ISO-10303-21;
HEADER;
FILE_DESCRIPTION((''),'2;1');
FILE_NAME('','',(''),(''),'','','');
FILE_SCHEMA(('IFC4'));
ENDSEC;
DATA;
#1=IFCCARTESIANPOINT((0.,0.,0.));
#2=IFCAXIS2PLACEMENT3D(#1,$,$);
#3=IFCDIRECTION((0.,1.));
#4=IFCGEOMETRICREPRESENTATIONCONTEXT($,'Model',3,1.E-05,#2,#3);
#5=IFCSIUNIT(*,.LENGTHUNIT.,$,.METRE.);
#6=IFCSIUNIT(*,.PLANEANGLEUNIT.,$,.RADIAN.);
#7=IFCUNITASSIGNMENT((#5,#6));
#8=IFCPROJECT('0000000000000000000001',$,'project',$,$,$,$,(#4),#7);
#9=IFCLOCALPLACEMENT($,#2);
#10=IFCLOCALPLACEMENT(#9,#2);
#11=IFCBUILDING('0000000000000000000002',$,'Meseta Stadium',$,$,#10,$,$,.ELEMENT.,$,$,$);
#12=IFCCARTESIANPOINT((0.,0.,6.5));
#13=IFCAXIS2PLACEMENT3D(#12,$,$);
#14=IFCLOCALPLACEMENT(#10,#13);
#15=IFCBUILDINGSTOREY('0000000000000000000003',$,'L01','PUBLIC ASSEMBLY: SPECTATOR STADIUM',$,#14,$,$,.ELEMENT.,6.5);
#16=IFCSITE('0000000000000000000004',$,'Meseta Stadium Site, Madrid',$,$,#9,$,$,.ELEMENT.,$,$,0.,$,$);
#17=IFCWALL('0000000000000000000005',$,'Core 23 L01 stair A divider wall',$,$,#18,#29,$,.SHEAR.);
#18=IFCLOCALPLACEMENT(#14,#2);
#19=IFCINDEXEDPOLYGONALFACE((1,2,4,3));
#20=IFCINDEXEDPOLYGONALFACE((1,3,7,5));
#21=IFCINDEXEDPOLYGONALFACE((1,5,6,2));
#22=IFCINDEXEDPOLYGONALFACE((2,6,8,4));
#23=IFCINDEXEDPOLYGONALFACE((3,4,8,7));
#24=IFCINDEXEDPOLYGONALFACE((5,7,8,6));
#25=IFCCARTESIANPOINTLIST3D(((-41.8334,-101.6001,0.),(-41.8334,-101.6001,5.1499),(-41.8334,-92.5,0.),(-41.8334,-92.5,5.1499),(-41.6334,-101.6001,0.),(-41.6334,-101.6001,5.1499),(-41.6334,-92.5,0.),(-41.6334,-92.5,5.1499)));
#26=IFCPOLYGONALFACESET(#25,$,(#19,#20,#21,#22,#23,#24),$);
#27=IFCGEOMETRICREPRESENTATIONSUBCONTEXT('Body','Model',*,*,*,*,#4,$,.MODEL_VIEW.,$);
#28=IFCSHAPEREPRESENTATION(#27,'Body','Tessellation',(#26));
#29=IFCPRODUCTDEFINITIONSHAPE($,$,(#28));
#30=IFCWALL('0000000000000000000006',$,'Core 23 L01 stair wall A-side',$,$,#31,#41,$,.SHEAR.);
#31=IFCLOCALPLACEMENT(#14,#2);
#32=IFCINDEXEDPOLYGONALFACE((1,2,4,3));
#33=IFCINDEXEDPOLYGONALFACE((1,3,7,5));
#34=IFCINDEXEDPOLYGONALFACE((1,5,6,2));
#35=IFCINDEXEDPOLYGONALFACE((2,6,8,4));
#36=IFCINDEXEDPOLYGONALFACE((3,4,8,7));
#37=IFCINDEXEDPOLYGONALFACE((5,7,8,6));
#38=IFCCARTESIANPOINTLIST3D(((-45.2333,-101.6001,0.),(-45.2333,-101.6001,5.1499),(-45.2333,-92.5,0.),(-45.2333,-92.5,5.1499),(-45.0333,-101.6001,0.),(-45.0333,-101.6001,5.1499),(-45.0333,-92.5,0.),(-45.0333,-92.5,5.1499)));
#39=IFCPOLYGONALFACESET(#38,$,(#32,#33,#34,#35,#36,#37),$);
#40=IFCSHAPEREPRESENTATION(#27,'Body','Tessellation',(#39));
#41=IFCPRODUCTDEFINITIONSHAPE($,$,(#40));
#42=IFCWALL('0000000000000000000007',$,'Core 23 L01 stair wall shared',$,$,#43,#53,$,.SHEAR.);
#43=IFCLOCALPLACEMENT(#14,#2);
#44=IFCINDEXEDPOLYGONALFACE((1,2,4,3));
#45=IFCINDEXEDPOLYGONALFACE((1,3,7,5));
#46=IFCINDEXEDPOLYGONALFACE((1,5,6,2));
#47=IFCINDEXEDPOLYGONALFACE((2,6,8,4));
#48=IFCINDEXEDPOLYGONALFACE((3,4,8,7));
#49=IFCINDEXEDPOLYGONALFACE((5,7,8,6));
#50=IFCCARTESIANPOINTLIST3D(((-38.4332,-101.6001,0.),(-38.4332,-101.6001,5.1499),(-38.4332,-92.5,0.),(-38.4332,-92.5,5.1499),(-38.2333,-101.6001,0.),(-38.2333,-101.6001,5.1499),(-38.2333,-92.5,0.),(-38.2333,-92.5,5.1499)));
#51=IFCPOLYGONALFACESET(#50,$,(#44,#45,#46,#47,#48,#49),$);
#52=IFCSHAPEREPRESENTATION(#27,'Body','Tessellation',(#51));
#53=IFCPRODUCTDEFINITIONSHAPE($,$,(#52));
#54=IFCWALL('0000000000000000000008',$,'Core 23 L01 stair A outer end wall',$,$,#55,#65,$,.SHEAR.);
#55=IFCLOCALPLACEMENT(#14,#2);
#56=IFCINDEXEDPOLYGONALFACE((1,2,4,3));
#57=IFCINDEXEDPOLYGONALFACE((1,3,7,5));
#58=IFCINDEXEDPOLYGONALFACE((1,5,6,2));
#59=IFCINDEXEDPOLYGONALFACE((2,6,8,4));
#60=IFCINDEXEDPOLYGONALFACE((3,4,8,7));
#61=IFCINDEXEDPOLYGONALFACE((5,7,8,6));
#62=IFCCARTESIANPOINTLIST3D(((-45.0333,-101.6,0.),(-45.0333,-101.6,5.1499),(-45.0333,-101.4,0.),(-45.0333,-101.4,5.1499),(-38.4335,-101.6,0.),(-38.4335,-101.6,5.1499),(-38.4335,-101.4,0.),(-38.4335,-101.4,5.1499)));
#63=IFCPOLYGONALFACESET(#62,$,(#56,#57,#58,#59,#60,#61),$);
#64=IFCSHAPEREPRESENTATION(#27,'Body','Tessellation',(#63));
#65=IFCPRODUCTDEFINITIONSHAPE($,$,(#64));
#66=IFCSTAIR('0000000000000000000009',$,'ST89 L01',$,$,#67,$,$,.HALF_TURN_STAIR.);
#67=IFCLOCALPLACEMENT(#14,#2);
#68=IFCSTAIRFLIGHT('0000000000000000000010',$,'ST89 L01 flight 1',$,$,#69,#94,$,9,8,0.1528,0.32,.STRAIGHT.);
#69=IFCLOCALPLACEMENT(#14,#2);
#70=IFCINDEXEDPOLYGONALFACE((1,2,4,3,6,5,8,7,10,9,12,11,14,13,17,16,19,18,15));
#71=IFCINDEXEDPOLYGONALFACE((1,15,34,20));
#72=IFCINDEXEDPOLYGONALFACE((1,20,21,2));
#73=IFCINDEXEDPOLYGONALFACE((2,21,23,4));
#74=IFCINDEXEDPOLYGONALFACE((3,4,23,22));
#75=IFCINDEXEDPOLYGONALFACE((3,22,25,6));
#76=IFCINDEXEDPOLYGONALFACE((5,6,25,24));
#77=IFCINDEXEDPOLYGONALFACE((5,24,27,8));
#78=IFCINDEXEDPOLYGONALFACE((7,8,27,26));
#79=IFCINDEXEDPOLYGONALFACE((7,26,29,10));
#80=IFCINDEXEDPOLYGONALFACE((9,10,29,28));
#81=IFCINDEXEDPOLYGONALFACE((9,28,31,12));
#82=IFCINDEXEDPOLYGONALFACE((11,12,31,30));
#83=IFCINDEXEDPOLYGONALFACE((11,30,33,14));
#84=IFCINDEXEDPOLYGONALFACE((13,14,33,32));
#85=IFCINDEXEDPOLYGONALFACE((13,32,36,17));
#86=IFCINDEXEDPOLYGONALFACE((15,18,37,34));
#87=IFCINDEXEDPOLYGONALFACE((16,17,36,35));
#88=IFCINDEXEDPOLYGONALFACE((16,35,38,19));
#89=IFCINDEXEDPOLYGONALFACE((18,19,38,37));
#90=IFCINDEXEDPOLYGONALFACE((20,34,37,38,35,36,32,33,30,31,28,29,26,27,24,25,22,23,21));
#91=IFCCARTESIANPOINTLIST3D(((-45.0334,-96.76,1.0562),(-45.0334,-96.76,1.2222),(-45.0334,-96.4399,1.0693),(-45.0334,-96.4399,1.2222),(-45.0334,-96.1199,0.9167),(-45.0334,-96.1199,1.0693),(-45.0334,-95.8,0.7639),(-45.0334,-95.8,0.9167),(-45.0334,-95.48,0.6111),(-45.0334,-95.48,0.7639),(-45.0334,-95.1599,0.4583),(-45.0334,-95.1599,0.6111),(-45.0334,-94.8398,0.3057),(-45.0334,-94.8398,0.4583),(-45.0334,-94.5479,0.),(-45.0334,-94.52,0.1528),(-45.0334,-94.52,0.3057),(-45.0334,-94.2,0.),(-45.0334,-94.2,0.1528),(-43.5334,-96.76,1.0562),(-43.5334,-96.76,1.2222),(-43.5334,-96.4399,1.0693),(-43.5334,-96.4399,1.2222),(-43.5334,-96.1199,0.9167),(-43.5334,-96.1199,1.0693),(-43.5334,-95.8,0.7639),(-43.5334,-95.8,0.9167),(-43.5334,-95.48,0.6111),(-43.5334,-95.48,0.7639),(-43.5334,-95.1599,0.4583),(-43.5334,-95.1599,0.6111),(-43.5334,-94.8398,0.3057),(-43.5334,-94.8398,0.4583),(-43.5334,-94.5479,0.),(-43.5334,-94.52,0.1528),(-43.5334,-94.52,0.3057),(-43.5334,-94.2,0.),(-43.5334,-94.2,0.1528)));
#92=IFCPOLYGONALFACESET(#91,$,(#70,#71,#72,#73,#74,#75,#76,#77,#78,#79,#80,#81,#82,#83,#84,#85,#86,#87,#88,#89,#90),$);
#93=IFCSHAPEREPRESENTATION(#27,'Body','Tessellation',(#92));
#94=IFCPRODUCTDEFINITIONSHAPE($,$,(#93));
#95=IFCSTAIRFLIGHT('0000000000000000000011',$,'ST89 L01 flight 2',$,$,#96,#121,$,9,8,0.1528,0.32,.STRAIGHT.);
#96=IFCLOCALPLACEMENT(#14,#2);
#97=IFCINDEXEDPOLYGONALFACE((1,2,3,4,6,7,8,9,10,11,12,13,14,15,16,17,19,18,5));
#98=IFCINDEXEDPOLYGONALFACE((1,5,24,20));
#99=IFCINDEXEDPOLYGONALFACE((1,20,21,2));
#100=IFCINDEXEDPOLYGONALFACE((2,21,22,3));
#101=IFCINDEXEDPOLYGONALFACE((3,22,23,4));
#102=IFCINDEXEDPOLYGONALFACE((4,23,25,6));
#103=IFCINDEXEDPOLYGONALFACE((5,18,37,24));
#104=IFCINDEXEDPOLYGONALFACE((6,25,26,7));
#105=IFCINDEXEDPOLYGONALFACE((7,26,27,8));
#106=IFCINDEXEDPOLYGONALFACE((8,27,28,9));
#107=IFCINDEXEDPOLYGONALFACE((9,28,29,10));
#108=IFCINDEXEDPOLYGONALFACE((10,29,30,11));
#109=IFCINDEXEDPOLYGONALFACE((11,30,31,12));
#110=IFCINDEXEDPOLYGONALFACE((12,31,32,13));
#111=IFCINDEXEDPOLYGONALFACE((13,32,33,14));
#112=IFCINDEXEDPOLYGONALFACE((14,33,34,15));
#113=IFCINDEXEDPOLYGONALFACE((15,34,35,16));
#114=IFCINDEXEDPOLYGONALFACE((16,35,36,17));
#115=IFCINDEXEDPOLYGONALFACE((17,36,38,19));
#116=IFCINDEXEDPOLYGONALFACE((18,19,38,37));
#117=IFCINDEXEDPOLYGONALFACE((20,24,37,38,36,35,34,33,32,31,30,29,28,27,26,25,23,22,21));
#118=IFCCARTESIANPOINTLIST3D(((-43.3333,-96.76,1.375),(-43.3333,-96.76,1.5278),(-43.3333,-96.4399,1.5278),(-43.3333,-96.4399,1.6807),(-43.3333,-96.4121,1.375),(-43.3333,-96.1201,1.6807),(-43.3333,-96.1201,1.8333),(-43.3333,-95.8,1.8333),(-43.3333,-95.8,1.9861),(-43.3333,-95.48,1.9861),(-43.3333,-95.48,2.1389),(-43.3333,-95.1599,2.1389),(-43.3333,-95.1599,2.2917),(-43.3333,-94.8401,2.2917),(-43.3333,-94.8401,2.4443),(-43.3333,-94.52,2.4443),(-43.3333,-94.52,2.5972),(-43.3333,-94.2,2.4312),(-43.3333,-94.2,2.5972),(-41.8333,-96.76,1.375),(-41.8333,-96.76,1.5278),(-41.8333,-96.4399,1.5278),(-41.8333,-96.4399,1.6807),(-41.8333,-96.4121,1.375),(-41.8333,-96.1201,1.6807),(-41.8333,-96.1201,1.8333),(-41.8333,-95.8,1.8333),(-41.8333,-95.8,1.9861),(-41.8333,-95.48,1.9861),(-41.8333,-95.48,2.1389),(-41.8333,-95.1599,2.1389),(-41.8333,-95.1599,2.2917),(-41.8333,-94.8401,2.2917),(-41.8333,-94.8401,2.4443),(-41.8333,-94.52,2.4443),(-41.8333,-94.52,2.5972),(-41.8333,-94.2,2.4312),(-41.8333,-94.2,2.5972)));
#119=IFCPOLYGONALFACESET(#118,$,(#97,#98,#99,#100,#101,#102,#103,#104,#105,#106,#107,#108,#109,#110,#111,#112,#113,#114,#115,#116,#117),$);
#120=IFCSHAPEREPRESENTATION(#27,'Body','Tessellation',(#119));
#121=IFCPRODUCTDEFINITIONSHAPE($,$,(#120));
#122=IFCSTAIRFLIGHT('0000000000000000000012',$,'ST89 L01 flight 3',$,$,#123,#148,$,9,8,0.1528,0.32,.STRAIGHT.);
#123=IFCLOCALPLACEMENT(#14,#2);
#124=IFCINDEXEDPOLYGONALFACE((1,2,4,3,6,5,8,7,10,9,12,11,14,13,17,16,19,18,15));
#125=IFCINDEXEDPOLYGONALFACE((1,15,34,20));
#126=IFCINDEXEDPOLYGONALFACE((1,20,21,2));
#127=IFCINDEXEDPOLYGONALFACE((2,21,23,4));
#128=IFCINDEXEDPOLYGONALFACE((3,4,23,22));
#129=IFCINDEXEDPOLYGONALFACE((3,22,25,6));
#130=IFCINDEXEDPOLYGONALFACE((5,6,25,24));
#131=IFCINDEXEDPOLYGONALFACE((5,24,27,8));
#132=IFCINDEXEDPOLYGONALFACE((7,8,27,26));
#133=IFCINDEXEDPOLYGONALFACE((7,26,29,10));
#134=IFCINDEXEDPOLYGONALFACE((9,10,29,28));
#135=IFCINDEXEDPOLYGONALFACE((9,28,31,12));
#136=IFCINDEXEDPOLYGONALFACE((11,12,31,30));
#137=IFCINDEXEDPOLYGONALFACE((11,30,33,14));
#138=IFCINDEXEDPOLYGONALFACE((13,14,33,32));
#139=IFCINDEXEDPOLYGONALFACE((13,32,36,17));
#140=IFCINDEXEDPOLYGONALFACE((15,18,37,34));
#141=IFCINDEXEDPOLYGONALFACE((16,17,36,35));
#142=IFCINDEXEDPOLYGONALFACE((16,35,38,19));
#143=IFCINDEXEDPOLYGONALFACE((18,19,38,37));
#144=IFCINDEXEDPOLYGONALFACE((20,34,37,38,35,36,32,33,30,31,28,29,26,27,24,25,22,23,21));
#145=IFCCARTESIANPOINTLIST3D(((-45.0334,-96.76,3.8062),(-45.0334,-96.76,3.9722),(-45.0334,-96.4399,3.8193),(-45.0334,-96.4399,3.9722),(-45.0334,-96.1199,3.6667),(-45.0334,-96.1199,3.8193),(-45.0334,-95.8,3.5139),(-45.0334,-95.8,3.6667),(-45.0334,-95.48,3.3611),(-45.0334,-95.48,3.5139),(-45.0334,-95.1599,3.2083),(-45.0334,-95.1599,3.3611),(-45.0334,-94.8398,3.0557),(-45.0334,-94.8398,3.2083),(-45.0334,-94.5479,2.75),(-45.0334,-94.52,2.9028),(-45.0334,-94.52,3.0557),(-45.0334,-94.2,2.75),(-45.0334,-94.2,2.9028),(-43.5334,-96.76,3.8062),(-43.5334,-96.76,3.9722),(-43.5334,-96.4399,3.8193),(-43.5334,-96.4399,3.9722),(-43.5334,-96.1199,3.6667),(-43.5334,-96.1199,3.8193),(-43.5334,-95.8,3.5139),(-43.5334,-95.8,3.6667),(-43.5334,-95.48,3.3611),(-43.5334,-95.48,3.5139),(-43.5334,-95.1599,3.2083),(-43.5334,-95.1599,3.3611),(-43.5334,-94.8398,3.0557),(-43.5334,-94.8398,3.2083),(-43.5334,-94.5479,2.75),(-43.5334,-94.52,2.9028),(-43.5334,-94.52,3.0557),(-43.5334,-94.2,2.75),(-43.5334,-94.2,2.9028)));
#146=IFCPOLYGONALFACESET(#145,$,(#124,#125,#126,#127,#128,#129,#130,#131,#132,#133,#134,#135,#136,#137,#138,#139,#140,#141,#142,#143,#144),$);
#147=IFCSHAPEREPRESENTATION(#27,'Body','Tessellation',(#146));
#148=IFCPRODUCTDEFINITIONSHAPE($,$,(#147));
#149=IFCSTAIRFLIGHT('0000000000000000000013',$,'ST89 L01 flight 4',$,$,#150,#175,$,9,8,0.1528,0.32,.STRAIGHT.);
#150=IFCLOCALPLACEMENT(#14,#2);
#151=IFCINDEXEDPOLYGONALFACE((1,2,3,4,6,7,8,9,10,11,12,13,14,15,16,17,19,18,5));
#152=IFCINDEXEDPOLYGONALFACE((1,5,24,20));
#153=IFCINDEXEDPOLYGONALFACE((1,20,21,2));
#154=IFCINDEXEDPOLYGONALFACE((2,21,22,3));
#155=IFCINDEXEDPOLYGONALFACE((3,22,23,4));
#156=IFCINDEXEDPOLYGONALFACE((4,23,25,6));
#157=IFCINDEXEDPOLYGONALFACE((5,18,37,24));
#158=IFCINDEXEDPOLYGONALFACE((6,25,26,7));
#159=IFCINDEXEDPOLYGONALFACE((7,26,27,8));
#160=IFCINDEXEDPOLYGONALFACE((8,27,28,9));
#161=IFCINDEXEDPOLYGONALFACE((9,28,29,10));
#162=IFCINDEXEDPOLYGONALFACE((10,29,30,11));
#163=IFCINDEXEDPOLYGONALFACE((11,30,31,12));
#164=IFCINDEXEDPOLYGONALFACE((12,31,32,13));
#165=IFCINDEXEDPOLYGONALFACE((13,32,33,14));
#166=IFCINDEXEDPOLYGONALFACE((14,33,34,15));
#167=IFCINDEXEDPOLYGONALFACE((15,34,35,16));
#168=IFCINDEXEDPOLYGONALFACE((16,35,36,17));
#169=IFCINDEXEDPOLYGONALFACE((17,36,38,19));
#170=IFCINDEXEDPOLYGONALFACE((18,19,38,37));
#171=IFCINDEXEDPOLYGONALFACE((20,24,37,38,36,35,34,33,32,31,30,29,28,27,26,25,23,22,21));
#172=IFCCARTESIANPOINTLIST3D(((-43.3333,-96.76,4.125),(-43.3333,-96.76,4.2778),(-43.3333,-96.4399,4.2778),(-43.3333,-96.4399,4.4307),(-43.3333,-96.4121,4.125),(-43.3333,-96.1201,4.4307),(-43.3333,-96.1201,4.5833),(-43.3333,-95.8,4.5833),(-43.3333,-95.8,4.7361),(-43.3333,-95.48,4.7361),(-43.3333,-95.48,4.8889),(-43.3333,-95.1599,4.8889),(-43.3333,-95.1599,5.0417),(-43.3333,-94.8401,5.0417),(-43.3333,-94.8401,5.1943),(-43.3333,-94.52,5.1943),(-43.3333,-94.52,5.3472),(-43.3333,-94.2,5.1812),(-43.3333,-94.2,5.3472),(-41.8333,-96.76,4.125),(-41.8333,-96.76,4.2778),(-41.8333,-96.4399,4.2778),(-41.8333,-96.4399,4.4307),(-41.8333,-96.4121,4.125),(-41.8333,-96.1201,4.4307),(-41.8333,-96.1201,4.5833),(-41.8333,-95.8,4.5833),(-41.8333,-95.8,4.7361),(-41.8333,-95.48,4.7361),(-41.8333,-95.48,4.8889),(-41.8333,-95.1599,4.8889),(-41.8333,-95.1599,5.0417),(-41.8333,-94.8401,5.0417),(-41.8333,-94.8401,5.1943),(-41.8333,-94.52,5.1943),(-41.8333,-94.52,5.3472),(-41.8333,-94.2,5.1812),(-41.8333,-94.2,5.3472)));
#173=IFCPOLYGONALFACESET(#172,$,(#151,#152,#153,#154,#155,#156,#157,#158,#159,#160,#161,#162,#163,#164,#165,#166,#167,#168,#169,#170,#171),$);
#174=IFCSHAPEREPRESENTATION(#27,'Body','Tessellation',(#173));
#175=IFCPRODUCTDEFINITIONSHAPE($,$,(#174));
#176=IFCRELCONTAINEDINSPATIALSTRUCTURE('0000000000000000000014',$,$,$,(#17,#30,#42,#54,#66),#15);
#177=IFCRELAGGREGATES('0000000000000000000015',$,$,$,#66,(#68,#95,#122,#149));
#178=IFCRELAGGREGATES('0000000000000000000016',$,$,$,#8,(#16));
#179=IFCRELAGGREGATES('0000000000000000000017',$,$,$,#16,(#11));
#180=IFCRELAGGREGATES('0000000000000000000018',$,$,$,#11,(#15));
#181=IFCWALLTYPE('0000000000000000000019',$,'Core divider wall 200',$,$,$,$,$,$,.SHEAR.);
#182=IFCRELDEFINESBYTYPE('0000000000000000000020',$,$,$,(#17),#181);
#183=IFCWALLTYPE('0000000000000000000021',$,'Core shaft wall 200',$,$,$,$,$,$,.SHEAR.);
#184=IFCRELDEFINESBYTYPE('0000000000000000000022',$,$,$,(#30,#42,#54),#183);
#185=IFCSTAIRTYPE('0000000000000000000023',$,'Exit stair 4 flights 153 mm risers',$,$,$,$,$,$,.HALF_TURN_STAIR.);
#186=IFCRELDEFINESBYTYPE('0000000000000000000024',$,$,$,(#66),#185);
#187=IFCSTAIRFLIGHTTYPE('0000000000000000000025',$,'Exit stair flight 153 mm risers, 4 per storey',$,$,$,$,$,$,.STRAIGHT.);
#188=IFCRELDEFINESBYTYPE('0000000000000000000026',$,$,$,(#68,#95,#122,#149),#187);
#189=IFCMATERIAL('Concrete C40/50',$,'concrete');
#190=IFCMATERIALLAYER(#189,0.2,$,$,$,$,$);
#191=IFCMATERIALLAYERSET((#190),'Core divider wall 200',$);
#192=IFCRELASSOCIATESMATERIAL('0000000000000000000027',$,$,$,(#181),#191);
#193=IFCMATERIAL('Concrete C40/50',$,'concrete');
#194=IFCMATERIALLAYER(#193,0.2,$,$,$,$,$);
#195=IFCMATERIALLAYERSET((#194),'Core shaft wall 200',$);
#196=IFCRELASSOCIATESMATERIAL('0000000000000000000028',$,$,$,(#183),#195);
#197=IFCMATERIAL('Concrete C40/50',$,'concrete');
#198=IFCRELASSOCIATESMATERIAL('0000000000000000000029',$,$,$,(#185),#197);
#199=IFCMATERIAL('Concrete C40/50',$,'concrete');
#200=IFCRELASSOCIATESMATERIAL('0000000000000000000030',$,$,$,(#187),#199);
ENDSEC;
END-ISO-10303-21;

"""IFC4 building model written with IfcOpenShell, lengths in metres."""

from ifc_helpers import new_model, si_unit, direction, frame, frame_2d, origin, place, context, subcontext, project, spatial, polyline, rectangle, outline, extrude, material, layer, layer_set, type_object, element, aggregate, save


model = new_model("IFC4")

# Units and contexts
model_context = context("Model", 3, precision=1e-05, world=origin(), true_north=direction((0.0, 1.0)))
body_context = subcontext(model_context, "Body", "Model", "MODEL_VIEW")
ifc_project = project(units=[si_unit("LENGTHUNIT", "METRE"), si_unit("PLANEANGLEUNIT", "RADIAN")], contexts=[model_context])

# Site, building, storey
site_placement = place(None, origin())
site = spatial("IfcSite", under=ifc_project, at=site_placement, Name="Meseta Stadium Site, Madrid", CompositionType="ELEMENT", RefElevation=0.0)
building_placement = place(site_placement, origin())
building = spatial("IfcBuilding", under=site, at=building_placement, Name="Meseta Stadium", CompositionType="ELEMENT")
storey_placement = place(building_placement, frame((0.0, 0.0, 6.5)))
storey = spatial("IfcBuildingStorey", under=building, at=storey_placement, Name="L01", Description="PUBLIC ASSEMBLY: SPECTATOR STADIUM", CompositionType="ELEMENT", Elevation=6.5)

# Walls
ifc_material_1 = material(Name="Concrete C40/50", Category="concrete")
ifc_layer_1 = layer(ifc_material_1, 0.2)
ifc_layer_set_1 = layer_set([ifc_layer_1], Name="Core divider wall 200")
wall_type_1 = type_object("IfcWallType", Name="Core divider wall 200", PredefinedType="SHEAR", material=ifc_layer_set_1)
wall_1_placement = place(storey_placement, frame((-41.7334, -101.6001, 0.0), z_axis=(0.0, 0.0, 1.0), x_axis=(0.0, 1.0, 0.0)))
element("IfcWall", 1, at=wall_1_placement, inside=storey, type_object=wall_type_1, Name="Core 23 L01 stair A divider wall", PredefinedType="SHEAR", context=body_context, shape_type="SweptSolid", body=[
    extrude(rectangle(XDim=9.1001, YDim=0.2, at=frame_2d((4.55, 0.0))), origin(), (0.0, 0.0, 1.0), 5.1499),
])
ifc_material_2 = material(Name="Concrete C40/50", Category="concrete")
ifc_layer_2 = layer(ifc_material_2, 0.2)
ifc_layer_set_2 = layer_set([ifc_layer_2], Name="Core shaft wall 200")
wall_type_2 = type_object("IfcWallType", Name="Core shaft wall 200", PredefinedType="SHEAR", material=ifc_layer_set_2)
for number, where, z_axis, x_axis, name in (
    (2, (-45.1333, -101.6001, 0.0), (0.0, 0.0, 1.0), (0.0, 1.0, 0.0), "Core 23 L01 stair wall A-side"),
    (3, (-38.3333, -101.6001, 0.0), (0.0, 0.0, 1.0), (0.0, 1.0, 0.0), "Core 23 L01 stair wall shared"),
):
    element("IfcWall", number, at=place(storey_placement, frame(where, z_axis=z_axis, x_axis=x_axis)), inside=storey, type_object=wall_type_2, Name=name, PredefinedType="SHEAR", context=body_context, shape_type="SweptSolid", body=[
        extrude(rectangle(XDim=9.1001, YDim=0.2, at=frame_2d((4.55, 0.0))), origin(), (0.0, 0.0, 1.0), 5.1499),
    ])
wall_2_placement = place(storey_placement, frame((-45.0332, -101.5, 0.0), z_axis=(0.0, 0.0, 1.0), x_axis=(1.0, 0.0, 0.0)))
element("IfcWall", 4, at=wall_2_placement, inside=storey, type_object=wall_type_2, Name="Core 23 L01 stair A outer end wall", PredefinedType="SHEAR", context=body_context, shape_type="SweptSolid", body=[
    extrude(rectangle(XDim=6.5999, YDim=0.2, at=frame_2d((3.2998, 0.0))), origin(), (0.0, 0.0, 1.0), 5.1499),
])

# Stair, stair flights
ifc_material_3 = material(Name="Concrete C40/50", Category="concrete")
stair_type = type_object("IfcStairType", Name="Exit stair 4 flights 153 mm risers", PredefinedType="HALF_TURN_STAIR", material=ifc_material_3)
stair_1_placement = place(storey_placement, origin())
stair_1 = element("IfcStair", 5, at=stair_1_placement, inside=storey, type_object=stair_type, Name="ST89 L01", PredefinedType="HALF_TURN_STAIR")
ifc_material_4 = material(Name="Concrete C40/50", Category="concrete")
stair_flight_type = type_object("IfcStairFlightType", Name="Exit stair flight 153 mm risers, 4 per storey", PredefinedType="STRAIGHT", material=ifc_material_4)
stair_flight_1_placement = place(storey_placement, frame((-44.2834, -94.2, 0.0), z_axis=(0.0, 0.0, 1.0), x_axis=(0.0, -1.0, 0.0)))
stair_flight_1 = element("IfcStairFlight", 6, at=stair_flight_1_placement, type_object=stair_flight_type, Name="ST89 L01 flight 1", NumberOfRisers=9, NumberOfTreads=8, PredefinedType="STRAIGHT", RiserHeight=0.1528, TreadLength=0.32, context=body_context, shape_type="SweptSolid", body=[
    extrude(outline(polyline([(0.0, 0.0), (0.0, 0.1528), (0.3201, 0.1528), (0.3201, 0.3057), (0.6399, 0.3057), (0.6399, 0.4583), (0.96, 0.4583), (0.96, 0.6111), (1.28, 0.6111), (1.28, 0.7639), (1.6001, 0.7639), (1.6001, 0.9167), (1.9199, 0.9167), (1.9199, 1.0693), (2.24, 1.0693), (2.24, 1.2222), (2.5601, 1.2222), (2.5601, 1.0562), (0.3479, 0.0), (0.0, 0.0)])), frame((0.0, 0.75, 0.0), z_axis=(0.0, -1.0, 0.0), x_axis=(1.0, 0.0, 0.0)), (0.0, 0.0, 1.0), 1.5),
])
stair_flight_2_placement = place(storey_placement, frame((-42.5833, -96.76, 1.375), z_axis=(0.0, 0.0, 1.0), x_axis=(0.0, 1.0, 0.0)))
stair_flight_2 = element("IfcStairFlight", 7, at=stair_flight_2_placement, type_object=stair_flight_type, Name="ST89 L01 flight 2", NumberOfRisers=9, NumberOfTreads=8, PredefinedType="STRAIGHT", RiserHeight=0.1528, TreadLength=0.32, context=body_context, shape_type="SweptSolid", body=[
    extrude(outline(polyline([(0.0, 0.0), (0.0, 0.1528), (0.3201, 0.1528), (0.3201, 0.3057), (0.6399, 0.3057), (0.6399, 0.4583), (0.96, 0.4583), (0.96, 0.6111), (1.28, 0.6111), (1.28, 0.7639), (1.6001, 0.7639), (1.6001, 0.9167), (1.9199, 0.9167), (1.9199, 1.0693), (2.24, 1.0693), (2.24, 1.2222), (2.5601, 1.2222), (2.5601, 1.0562), (0.3479, 0.0), (0.0, 0.0)])), frame((0.0, 0.75, 0.0), z_axis=(0.0, -1.0, 0.0), x_axis=(1.0, 0.0, 0.0)), (0.0, 0.0, 1.0), 1.5),
])
stair_flight_3_placement = place(storey_placement, frame((-44.2834, -94.2, 2.75), z_axis=(0.0, 0.0, 1.0), x_axis=(0.0, -1.0, 0.0)))
stair_flight_3 = element("IfcStairFlight", 8, at=stair_flight_3_placement, type_object=stair_flight_type, Name="ST89 L01 flight 3", NumberOfRisers=9, NumberOfTreads=8, PredefinedType="STRAIGHT", RiserHeight=0.1528, TreadLength=0.32, context=body_context, shape_type="SweptSolid", body=[
    extrude(outline(polyline([(0.0, 0.0), (0.0, 0.1528), (0.3201, 0.1528), (0.3201, 0.3057), (0.6399, 0.3057), (0.6399, 0.4583), (0.96, 0.4583), (0.96, 0.6111), (1.28, 0.6111), (1.28, 0.7639), (1.6001, 0.7639), (1.6001, 0.9167), (1.9199, 0.9167), (1.9199, 1.0693), (2.24, 1.0693), (2.24, 1.2222), (2.5601, 1.2222), (2.5601, 1.0562), (0.3479, 0.0), (0.0, 0.0)])), frame((0.0, 0.75, 0.0), z_axis=(0.0, -1.0, 0.0), x_axis=(1.0, 0.0, 0.0)), (0.0, 0.0, 1.0), 1.5),
])
stair_flight_4_placement = place(storey_placement, frame((-42.5833, -96.76, 4.125), z_axis=(0.0, 0.0, 1.0), x_axis=(0.0, 1.0, 0.0)))
stair_flight_4 = element("IfcStairFlight", 9, at=stair_flight_4_placement, type_object=stair_flight_type, Name="ST89 L01 flight 4", NumberOfRisers=9, NumberOfTreads=8, PredefinedType="STRAIGHT", RiserHeight=0.1528, TreadLength=0.32, context=body_context, shape_type="SweptSolid", body=[
    extrude(outline(polyline([(0.0, 0.0), (0.0, 0.1528), (0.3201, 0.1528), (0.3201, 0.3057), (0.6399, 0.3057), (0.6399, 0.4583), (0.96, 0.4583), (0.96, 0.6111), (1.28, 0.6111), (1.28, 0.7639), (1.6001, 0.7639), (1.6001, 0.9167), (1.9199, 0.9167), (1.9199, 1.0693), (2.24, 1.0693), (2.24, 1.2222), (2.5601, 1.2222), (2.5601, 1.0562), (0.3479, 0.0), (0.0, 0.0)])), frame((0.0, 0.75, 0.0), z_axis=(0.0, -1.0, 0.0), x_axis=(1.0, 0.0, 0.0)), (0.0, 0.0, 1.0), 1.5),
])
aggregate(stair_1, [stair_flight_1, stair_flight_2, stair_flight_3, stair_flight_4])

save(model, "model.ifc")
